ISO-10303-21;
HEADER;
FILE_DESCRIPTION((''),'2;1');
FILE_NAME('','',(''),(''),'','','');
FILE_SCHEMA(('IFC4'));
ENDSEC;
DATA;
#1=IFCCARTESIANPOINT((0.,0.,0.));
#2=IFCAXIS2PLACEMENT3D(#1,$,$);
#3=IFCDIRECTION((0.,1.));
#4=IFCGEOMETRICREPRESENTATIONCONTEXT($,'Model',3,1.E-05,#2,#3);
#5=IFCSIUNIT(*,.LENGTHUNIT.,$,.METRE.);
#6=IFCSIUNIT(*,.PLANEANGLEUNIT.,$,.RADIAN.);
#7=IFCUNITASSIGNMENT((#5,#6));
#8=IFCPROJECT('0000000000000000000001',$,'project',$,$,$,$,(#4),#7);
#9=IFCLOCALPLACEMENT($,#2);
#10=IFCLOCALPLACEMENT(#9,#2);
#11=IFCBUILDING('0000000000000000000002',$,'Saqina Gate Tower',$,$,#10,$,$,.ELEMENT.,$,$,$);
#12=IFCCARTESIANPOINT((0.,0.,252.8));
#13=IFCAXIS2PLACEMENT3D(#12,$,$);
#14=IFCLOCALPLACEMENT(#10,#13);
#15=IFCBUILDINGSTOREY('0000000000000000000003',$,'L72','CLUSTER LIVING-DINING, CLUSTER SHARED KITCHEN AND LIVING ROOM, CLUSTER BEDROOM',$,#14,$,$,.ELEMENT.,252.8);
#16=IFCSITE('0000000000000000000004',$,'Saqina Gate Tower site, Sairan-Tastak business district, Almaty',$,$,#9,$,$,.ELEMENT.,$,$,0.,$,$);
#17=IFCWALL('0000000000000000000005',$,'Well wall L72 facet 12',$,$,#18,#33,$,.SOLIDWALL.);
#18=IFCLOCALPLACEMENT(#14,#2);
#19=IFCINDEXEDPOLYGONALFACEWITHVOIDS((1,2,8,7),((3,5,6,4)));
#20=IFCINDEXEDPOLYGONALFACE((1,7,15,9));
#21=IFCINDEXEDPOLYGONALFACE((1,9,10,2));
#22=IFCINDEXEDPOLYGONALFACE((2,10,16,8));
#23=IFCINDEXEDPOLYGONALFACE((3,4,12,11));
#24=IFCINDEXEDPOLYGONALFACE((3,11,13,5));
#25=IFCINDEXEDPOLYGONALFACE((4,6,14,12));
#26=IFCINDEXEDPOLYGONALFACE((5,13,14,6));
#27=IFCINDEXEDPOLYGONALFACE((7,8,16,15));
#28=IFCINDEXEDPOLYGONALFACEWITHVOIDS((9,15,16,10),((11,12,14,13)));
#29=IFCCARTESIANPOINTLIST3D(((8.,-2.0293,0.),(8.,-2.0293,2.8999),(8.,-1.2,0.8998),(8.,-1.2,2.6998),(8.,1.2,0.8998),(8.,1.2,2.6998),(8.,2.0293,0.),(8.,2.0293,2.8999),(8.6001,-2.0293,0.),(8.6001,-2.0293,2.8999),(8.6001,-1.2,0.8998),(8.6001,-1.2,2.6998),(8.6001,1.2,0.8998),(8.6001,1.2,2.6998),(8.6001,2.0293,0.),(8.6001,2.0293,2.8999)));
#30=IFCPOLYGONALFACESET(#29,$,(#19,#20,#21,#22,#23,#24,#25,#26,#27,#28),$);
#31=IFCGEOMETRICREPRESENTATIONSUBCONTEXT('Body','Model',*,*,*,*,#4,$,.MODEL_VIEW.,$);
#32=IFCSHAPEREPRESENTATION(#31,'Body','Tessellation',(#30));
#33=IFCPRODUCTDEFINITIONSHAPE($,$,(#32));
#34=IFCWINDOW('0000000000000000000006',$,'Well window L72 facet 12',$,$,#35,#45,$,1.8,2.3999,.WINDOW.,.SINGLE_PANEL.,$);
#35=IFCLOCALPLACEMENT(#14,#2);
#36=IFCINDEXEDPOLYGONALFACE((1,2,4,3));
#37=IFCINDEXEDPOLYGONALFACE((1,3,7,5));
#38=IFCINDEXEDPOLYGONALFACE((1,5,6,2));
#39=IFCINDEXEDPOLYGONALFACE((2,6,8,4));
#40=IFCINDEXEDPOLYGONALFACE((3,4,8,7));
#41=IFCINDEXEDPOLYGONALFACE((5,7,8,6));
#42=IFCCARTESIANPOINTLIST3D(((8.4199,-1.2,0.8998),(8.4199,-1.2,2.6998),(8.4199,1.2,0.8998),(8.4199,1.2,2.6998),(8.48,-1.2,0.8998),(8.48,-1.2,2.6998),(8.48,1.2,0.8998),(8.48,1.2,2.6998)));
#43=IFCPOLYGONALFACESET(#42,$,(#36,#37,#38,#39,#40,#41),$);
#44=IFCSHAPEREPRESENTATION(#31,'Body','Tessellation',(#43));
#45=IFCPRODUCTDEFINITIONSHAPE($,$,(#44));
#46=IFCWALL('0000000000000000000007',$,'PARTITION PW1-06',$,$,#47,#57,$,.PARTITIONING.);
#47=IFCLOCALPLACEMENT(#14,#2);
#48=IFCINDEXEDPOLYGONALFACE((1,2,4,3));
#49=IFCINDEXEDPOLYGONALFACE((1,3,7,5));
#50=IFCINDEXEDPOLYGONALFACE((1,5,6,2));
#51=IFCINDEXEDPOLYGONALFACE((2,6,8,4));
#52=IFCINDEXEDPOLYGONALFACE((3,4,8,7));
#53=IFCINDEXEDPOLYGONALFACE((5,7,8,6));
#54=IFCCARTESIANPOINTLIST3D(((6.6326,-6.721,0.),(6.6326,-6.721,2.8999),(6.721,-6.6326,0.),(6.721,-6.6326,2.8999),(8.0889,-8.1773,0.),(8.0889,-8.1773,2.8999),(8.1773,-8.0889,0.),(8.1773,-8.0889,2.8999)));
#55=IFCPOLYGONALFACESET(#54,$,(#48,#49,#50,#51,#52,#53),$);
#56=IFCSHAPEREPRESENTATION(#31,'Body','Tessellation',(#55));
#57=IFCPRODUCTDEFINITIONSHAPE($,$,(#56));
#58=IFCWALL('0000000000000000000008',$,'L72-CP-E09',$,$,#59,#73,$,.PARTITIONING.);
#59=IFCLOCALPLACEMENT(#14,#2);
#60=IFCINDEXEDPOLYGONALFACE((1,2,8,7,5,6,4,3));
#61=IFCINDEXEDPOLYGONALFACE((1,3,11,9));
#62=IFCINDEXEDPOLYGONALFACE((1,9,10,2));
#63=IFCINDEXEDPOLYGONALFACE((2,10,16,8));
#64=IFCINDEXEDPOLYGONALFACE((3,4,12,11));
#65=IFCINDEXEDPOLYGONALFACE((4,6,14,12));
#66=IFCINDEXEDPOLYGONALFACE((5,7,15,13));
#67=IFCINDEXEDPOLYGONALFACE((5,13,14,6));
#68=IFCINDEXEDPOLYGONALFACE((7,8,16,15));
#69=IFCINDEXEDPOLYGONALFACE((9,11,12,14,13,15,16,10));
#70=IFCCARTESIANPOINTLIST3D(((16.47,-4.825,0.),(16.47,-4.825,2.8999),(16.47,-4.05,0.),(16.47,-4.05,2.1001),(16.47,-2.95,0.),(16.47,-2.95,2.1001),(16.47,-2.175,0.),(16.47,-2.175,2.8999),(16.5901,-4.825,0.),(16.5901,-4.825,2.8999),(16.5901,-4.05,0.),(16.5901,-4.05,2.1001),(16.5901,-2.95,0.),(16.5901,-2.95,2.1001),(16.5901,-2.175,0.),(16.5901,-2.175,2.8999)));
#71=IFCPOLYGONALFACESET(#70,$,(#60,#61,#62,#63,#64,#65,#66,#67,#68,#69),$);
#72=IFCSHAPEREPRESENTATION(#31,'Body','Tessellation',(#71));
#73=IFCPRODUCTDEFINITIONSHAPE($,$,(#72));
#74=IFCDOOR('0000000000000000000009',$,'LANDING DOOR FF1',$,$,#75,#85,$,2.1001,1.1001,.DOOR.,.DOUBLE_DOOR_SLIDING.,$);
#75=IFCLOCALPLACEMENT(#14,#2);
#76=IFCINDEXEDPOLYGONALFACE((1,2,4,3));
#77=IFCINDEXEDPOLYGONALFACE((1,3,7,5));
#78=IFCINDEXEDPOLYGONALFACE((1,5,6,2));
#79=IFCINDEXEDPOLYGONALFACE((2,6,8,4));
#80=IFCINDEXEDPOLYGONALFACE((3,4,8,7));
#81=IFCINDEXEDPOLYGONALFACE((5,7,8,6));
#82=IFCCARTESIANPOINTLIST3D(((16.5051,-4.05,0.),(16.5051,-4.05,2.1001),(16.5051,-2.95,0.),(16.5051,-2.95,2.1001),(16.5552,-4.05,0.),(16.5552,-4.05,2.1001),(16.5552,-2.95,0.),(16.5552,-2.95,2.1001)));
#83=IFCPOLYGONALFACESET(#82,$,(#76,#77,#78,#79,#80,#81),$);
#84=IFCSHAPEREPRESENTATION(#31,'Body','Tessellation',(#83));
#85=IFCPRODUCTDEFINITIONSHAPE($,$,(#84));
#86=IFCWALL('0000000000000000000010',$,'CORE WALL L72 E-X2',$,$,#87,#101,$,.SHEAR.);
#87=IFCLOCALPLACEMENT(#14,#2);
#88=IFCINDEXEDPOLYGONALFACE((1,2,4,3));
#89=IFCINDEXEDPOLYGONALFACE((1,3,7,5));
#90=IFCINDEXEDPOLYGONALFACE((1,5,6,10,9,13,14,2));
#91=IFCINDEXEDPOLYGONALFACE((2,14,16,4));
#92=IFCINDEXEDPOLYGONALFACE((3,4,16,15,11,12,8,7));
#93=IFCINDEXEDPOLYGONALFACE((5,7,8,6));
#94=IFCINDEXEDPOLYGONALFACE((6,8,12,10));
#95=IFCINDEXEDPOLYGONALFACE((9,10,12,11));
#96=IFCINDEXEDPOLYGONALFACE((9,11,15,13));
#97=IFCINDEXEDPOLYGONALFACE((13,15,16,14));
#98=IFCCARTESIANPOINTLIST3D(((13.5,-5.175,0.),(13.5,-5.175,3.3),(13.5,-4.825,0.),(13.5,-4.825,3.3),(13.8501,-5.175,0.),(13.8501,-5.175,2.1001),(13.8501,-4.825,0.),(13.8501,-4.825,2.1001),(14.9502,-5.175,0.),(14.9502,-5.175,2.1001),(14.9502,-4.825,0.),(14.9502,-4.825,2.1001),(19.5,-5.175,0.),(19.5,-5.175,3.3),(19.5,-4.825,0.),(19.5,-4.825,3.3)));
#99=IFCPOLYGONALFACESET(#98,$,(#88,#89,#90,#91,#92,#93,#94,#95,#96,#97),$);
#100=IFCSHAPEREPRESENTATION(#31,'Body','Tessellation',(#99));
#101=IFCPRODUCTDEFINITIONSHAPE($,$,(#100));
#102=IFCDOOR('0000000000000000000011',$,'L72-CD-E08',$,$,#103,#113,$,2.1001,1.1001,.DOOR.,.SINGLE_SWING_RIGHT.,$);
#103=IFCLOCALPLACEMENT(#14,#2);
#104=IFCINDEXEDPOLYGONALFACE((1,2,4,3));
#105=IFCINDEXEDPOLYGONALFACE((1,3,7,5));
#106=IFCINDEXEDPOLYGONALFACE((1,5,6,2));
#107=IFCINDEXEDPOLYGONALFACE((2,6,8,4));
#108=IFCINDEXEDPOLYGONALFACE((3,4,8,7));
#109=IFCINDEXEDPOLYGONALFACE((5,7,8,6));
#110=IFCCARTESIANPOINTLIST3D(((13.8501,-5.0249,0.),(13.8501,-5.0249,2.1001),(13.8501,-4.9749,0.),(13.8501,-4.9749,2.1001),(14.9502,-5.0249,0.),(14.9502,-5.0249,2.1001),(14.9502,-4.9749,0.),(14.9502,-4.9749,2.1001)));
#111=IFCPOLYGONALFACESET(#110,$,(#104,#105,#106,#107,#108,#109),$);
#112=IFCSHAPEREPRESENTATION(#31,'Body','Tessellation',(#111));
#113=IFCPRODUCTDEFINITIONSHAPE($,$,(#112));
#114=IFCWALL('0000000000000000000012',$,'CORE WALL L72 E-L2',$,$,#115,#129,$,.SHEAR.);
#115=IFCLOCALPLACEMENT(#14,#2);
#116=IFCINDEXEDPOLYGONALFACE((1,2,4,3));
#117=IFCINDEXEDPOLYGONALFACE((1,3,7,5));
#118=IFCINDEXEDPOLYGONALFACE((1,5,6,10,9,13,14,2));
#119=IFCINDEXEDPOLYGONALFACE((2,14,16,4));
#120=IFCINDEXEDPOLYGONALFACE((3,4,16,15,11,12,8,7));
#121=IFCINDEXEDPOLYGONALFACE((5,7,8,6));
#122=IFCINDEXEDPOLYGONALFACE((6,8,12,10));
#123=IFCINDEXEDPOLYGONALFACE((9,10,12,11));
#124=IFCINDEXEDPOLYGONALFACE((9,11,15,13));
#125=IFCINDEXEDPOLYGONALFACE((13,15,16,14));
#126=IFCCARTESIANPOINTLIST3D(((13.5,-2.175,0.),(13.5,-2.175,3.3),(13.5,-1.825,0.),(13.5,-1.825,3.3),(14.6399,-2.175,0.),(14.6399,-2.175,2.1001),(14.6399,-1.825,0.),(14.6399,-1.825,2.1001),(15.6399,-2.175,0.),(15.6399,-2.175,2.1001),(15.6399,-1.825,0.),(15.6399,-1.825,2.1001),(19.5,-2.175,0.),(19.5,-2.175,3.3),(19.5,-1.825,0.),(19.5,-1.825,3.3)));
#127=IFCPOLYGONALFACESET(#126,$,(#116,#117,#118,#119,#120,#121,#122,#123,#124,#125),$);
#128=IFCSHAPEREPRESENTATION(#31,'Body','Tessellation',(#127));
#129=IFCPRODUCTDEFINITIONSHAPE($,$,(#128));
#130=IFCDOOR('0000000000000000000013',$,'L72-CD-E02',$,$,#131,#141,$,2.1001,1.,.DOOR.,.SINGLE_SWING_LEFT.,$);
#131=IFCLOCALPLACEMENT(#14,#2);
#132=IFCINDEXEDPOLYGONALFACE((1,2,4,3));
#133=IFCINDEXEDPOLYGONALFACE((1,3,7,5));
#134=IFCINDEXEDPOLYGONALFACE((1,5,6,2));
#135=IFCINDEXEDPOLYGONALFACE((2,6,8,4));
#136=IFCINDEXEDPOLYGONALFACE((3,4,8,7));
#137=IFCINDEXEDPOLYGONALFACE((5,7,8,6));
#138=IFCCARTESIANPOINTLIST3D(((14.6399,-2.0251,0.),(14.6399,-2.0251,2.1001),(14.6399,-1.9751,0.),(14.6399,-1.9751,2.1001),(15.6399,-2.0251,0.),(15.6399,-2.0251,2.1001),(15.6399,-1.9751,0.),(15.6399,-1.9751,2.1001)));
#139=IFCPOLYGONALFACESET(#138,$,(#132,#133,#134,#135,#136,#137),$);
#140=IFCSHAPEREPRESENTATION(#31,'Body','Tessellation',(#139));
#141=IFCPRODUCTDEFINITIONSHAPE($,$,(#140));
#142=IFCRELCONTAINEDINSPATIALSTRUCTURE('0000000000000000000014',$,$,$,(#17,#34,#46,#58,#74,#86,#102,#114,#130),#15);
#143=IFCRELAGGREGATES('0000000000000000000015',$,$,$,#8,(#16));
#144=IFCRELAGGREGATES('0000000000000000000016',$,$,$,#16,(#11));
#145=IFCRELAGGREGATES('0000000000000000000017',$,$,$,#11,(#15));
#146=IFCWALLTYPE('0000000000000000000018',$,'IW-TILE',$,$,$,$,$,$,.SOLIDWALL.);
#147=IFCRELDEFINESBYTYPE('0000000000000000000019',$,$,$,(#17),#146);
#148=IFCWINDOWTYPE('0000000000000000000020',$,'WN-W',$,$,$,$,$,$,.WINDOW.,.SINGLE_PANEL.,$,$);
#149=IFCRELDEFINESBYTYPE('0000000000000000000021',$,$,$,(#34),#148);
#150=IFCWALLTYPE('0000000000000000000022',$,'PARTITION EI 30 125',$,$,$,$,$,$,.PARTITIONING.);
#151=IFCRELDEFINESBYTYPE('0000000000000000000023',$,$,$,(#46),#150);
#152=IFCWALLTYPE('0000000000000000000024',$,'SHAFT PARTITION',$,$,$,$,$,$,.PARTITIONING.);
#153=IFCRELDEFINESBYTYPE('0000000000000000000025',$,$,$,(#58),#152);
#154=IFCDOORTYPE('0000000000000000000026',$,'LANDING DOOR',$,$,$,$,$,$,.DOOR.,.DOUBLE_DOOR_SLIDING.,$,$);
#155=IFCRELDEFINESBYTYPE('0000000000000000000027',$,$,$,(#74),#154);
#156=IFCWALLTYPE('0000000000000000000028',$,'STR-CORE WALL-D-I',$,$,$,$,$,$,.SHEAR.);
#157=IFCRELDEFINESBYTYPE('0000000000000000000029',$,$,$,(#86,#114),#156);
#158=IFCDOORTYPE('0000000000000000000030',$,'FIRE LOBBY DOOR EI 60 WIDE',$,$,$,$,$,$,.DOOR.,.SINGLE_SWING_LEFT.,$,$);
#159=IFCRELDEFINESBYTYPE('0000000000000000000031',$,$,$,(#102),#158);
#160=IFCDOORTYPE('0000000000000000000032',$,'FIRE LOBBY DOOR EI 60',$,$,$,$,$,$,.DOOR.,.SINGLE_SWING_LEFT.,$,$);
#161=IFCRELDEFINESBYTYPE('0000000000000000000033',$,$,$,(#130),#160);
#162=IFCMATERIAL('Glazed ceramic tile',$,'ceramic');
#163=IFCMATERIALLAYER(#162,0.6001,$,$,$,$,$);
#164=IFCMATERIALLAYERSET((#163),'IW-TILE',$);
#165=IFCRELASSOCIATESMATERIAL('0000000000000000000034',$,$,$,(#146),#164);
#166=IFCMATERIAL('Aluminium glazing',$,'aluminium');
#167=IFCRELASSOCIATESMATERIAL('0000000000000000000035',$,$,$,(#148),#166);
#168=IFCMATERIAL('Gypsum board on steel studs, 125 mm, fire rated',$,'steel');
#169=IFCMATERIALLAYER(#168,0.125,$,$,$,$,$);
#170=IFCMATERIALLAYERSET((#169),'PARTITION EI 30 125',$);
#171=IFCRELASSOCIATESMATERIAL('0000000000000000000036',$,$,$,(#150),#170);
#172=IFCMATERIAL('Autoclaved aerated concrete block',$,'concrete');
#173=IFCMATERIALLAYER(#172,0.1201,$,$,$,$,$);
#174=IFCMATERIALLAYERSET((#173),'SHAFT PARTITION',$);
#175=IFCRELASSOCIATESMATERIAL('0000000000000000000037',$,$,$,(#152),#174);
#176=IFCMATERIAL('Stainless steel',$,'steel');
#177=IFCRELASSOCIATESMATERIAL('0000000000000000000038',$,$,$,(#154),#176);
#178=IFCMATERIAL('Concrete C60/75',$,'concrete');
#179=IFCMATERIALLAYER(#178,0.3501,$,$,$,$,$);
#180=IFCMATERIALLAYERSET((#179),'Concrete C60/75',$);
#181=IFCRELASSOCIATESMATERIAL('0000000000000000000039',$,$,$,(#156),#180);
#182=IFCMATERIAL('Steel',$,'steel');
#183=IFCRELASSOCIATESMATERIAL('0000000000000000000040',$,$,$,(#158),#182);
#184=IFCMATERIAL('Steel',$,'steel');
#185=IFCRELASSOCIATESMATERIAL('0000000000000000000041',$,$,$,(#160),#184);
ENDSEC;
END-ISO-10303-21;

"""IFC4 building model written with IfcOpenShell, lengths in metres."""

from ifc_helpers import new_model, si_unit, direction, frame, frame_2d, origin, place, context, subcontext, project, spatial, rectangle, extrude, material, layer, layer_set, type_object, element, fill, save


model = new_model("IFC4")

# Units and contexts
model_context = context("Model", 3, precision=1e-05, world=origin(), true_north=direction((0.0, 1.0)))
body_context = subcontext(model_context, "Body", "Model", "MODEL_VIEW")
ifc_project = project(units=[si_unit("LENGTHUNIT", "METRE"), si_unit("PLANEANGLEUNIT", "RADIAN")], contexts=[model_context])

# Site, building, storey
site_placement = place(None, origin())
site = spatial("IfcSite", under=ifc_project, at=site_placement, Name="Saqina Gate Tower site, Sairan-Tastak business district, Almaty", CompositionType="ELEMENT", RefElevation=0.0)
building_placement = place(site_placement, origin())
building = spatial("IfcBuilding", under=site, at=building_placement, Name="Saqina Gate Tower", CompositionType="ELEMENT")
storey_placement = place(building_placement, frame((0.0, 0.0, 252.8)))
storey = spatial("IfcBuildingStorey", under=building, at=storey_placement, Name="L72", Description="CLUSTER LIVING-DINING, CLUSTER SHARED KITCHEN AND LIVING ROOM, CLUSTER BEDROOM", CompositionType="ELEMENT", Elevation=252.8)

# Wall, opening, window
ifc_material_1 = material(Name="Glazed ceramic tile", Category="ceramic")
ifc_layer_1 = layer(ifc_material_1, 0.6001)
ifc_layer_set_1 = layer_set([ifc_layer_1], Name="IW-TILE")
wall_type_1 = type_object("IfcWallType", Name="IW-TILE", PredefinedType="SOLIDWALL", material=ifc_layer_set_1)
ifc_material_2 = material(Name="Aluminium glazing", Category="aluminium")
window_type = type_object("IfcWindowType", Name="WN-W", PartitioningType="SINGLE_PANEL", PredefinedType="WINDOW", material=ifc_material_2)
wall_1_placement = place(storey_placement, frame((8.3, -2.0293, 0.0), z_axis=(0.0, 0.0, 1.0), x_axis=(0.0, 1.0, 0.0)))
wall_1 = element("IfcWall", 1, at=wall_1_placement, inside=storey, type_object=wall_type_1, Name="Well wall L72 facet 12", PredefinedType="SOLIDWALL", context=body_context, shape_type="SweptSolid", body=[
    extrude(rectangle(XDim=4.0586, YDim=0.6001, at=frame_2d((2.0293, 0.0))), origin(), (0.0, 0.0, 1.0), 2.8999),
])
opening_1_placement = place(wall_1_placement, frame((0.8293, 0.0, 0.8999)))
opening_1 = element("IfcOpeningElement", 2, at=opening_1_placement, cuts=wall_1, PredefinedType="OPENING", context=body_context, shape_type="SweptSolid", body=[
    extrude(rectangle(XDim=2.3999, YDim=1.8, at=frame_2d((1.2, 0.8999))), frame((0.0, 0.312, 0.0), z_axis=(0.0, -1.0, 0.0), x_axis=(1.0, 0.0, 0.0)), (0.0, 0.0, 1.0), 0.624),
])
window_1_placement = place(opening_1_placement, origin())
window_1 = element("IfcWindow", 3, at=window_1_placement, inside=storey, type_object=window_type, Name="Well window L72 facet 12", OverallHeight=1.8, OverallWidth=2.3999, PartitioningType="SINGLE_PANEL", PredefinedType="WINDOW", context=body_context, shape_type="SweptSolid", body=[
    extrude(rectangle(XDim=2.3999, YDim=1.8, at=frame_2d((1.2, 0.8999))), frame((0.0, -0.1199, 0.0), z_axis=(0.0, -1.0, 0.0), x_axis=(1.0, 0.0, 0.0)), (0.0, 0.0, 1.0), 0.0601),
])
fill(opening_1, window_1)

# Wall
ifc_material_3 = material(Name="Gypsum board on steel studs, 125 mm, fire rated", Category="steel")
ifc_layer_2 = layer(ifc_material_3, 0.125)
ifc_layer_set_2 = layer_set([ifc_layer_2], Name="PARTITION EI 30 125")
wall_type_2 = type_object("IfcWallType", Name="PARTITION EI 30 125", PredefinedType="PARTITIONING", material=ifc_layer_set_2)
wall_2_placement = place(storey_placement, frame((6.6768, -6.6768, 0.0), z_axis=(0.0, 0.0, 1.0), x_axis=(0.707107, -0.707107, 0.0)))
element("IfcWall", 4, at=wall_2_placement, inside=storey, type_object=wall_type_2, Name="PARTITION PW1-06", PredefinedType="PARTITIONING", context=body_context, shape_type="SweptSolid", body=[
    extrude(rectangle(XDim=2.0596, YDim=0.125, at=frame_2d((1.0298, 0.0))), origin(), (0.0, 0.0, 1.0), 2.8999),
])

# Walls, openings, doors
ifc_material_4 = material(Name="Autoclaved aerated concrete block", Category="concrete")
ifc_layer_3 = layer(ifc_material_4, 0.1201)
ifc_layer_set_3 = layer_set([ifc_layer_3], Name="SHAFT PARTITION")
wall_type_3 = type_object("IfcWallType", Name="SHAFT PARTITION", PredefinedType="PARTITIONING", material=ifc_layer_set_3)
wall_3_placement = place(storey_placement, frame((16.53, -4.825, 0.0), z_axis=(0.0, 0.0, 1.0), x_axis=(0.0, 1.0, 0.0)))
wall_3 = element("IfcWall", 5, at=wall_3_placement, inside=storey, type_object=wall_type_3, Name="L72-CP-E09", PredefinedType="PARTITIONING", context=body_context, shape_type="SweptSolid", body=[
    extrude(rectangle(XDim=2.6499, YDim=0.1201, at=frame_2d((1.325, 0.0))), origin(), (0.0, 0.0, 1.0), 2.8999),
])
opening_2_placement = place(wall_3_placement, frame((0.7749, 0.0, 0.0)))
opening_2 = element("IfcOpeningElement", 6, at=opening_2_placement, cuts=wall_3, PredefinedType="OPENING", context=body_context, shape_type="SweptSolid", body=[
    extrude(rectangle(XDim=1.1001, YDim=2.1001, at=frame_2d((0.55, 1.05))), frame((0.0, 0.072, 0.0), z_axis=(0.0, -1.0, 0.0), x_axis=(1.0, 0.0, 0.0)), (0.0, 0.0, 1.0), 0.144),
])
ifc_material_5 = material(Name="Stainless steel", Category="steel")
door_type_1 = type_object("IfcDoorType", Name="LANDING DOOR", OperationType="DOUBLE_DOOR_SLIDING", PredefinedType="DOOR", material=ifc_material_5)
door_1_placement = place(opening_2_placement, origin())
door_1 = element("IfcDoor", 7, at=door_1_placement, inside=storey, type_object=door_type_1, Name="LANDING DOOR FF1", OperationType="DOUBLE_DOOR_SLIDING", OverallHeight=2.1001, OverallWidth=1.1001, PredefinedType="DOOR", context=body_context, shape_type="SweptSolid", body=[
    extrude(rectangle(XDim=1.1001, YDim=2.1001, at=frame_2d((0.55, 1.05))), frame((0.0, 0.0249, 0.0), z_axis=(0.0, -1.0, 0.0), x_axis=(1.0, 0.0, 0.0)), (0.0, 0.0, 1.0), 0.05),
])
fill(opening_2, door_1)
ifc_material_6 = material(Name="Concrete C60/75", Category="concrete")
ifc_layer_4 = layer(ifc_material_6, 0.3501)
ifc_layer_set_4 = layer_set([ifc_layer_4], Name="Concrete C60/75")
wall_type_4 = type_object("IfcWallType", Name="STR-CORE WALL-D-I", PredefinedType="SHEAR", material=ifc_layer_set_4)
wall_4_placement = place(storey_placement, frame((13.5, -5.0, 0.0), z_axis=(0.0, 0.0, 1.0), x_axis=(1.0, 0.0, 0.0)))
wall_4 = element("IfcWall", 8, at=wall_4_placement, inside=storey, type_object=wall_type_4, Name="CORE WALL L72 E-X2", PredefinedType="SHEAR", context=body_context, shape_type="SweptSolid", body=[
    extrude(rectangle(XDim=6.0, YDim=0.3501, at=frame_2d((3.0, 0.0))), origin(), (0.0, 0.0, 1.0), 3.3),
])
opening_3_placement = place(wall_4_placement, frame((0.3501, 0.0, 0.0)))
opening_3 = element("IfcOpeningElement", 9, at=opening_3_placement, cuts=wall_4, PredefinedType="OPENING", context=body_context, shape_type="SweptSolid", body=[
    extrude(rectangle(XDim=1.1001, YDim=2.1001, at=frame_2d((0.55, 1.05))), frame((0.0, 0.187, 0.0), z_axis=(0.0, -1.0, 0.0), x_axis=(1.0, 0.0, 0.0)), (0.0, 0.0, 1.0), 0.374),
])
ifc_material_7 = material(Name="Steel", Category="steel")
door_type_2 = type_object("IfcDoorType", Name="FIRE LOBBY DOOR EI 60 WIDE", OperationType="SINGLE_SWING_LEFT", PredefinedType="DOOR", material=ifc_material_7)
door_2_placement = place(opening_3_placement, frame((1.1001, 0.0, 0.0), z_axis=(0.0, 0.0, 1.0), x_axis=(-1.0, 0.0, 0.0)))
door_2 = element("IfcDoor", 10, at=door_2_placement, inside=storey, type_object=door_type_2, Name="L72-CD-E08", OperationType="SINGLE_SWING_RIGHT", OverallHeight=2.1001, OverallWidth=1.1001, PredefinedType="DOOR", context=body_context, shape_type="SweptSolid", body=[
    extrude(rectangle(XDim=1.1001, YDim=2.1001, at=frame_2d((0.55, 1.05))), frame((0.0, 0.0249, 0.0), z_axis=(0.0, -1.0, 0.0), x_axis=(1.0, 0.0, 0.0)), (0.0, 0.0, 1.0), 0.05),
])
fill(opening_3, door_2)
wall_5_placement = place(storey_placement, frame((13.5, -2.0, 0.0), z_axis=(0.0, 0.0, 1.0), x_axis=(1.0, 0.0, 0.0)))
wall_5 = element("IfcWall", 11, at=wall_5_placement, inside=storey, type_object=wall_type_4, Name="CORE WALL L72 E-L2", PredefinedType="SHEAR", context=body_context, shape_type="SweptSolid", body=[
    extrude(rectangle(XDim=6.0, YDim=0.3501, at=frame_2d((3.0, 0.0))), origin(), (0.0, 0.0, 1.0), 3.3),
])
opening_4_placement = place(wall_5_placement, frame((1.1399, 0.0, 0.0)))
opening_4 = element("IfcOpeningElement", 12, at=opening_4_placement, cuts=wall_5, PredefinedType="OPENING", context=body_context, shape_type="SweptSolid", body=[
    extrude(rectangle(XDim=1.0, YDim=2.1001, at=frame_2d((0.5, 1.05))), frame((0.0, 0.187, 0.0), z_axis=(0.0, -1.0, 0.0), x_axis=(1.0, 0.0, 0.0)), (0.0, 0.0, 1.0), 0.374),
])
ifc_material_8 = material(Name="Steel", Category="steel")
door_type_3 = type_object("IfcDoorType", Name="FIRE LOBBY DOOR EI 60", OperationType="SINGLE_SWING_LEFT", PredefinedType="DOOR", material=ifc_material_8)
door_3_placement = place(opening_4_placement, origin())
door_3 = element("IfcDoor", 13, at=door_3_placement, inside=storey, type_object=door_type_3, Name="L72-CD-E02", OperationType="SINGLE_SWING_LEFT", OverallHeight=2.1001, OverallWidth=1.0, PredefinedType="DOOR", context=body_context, shape_type="SweptSolid", body=[
    extrude(rectangle(XDim=1.0, YDim=2.1001, at=frame_2d((0.5, 1.05))), frame((0.0, 0.0249, 0.0), z_axis=(0.0, -1.0, 0.0), x_axis=(1.0, 0.0, 0.0)), (0.0, 0.0, 1.0), 0.05),
])
fill(opening_4, door_3)

save(model, "model.ifc")
